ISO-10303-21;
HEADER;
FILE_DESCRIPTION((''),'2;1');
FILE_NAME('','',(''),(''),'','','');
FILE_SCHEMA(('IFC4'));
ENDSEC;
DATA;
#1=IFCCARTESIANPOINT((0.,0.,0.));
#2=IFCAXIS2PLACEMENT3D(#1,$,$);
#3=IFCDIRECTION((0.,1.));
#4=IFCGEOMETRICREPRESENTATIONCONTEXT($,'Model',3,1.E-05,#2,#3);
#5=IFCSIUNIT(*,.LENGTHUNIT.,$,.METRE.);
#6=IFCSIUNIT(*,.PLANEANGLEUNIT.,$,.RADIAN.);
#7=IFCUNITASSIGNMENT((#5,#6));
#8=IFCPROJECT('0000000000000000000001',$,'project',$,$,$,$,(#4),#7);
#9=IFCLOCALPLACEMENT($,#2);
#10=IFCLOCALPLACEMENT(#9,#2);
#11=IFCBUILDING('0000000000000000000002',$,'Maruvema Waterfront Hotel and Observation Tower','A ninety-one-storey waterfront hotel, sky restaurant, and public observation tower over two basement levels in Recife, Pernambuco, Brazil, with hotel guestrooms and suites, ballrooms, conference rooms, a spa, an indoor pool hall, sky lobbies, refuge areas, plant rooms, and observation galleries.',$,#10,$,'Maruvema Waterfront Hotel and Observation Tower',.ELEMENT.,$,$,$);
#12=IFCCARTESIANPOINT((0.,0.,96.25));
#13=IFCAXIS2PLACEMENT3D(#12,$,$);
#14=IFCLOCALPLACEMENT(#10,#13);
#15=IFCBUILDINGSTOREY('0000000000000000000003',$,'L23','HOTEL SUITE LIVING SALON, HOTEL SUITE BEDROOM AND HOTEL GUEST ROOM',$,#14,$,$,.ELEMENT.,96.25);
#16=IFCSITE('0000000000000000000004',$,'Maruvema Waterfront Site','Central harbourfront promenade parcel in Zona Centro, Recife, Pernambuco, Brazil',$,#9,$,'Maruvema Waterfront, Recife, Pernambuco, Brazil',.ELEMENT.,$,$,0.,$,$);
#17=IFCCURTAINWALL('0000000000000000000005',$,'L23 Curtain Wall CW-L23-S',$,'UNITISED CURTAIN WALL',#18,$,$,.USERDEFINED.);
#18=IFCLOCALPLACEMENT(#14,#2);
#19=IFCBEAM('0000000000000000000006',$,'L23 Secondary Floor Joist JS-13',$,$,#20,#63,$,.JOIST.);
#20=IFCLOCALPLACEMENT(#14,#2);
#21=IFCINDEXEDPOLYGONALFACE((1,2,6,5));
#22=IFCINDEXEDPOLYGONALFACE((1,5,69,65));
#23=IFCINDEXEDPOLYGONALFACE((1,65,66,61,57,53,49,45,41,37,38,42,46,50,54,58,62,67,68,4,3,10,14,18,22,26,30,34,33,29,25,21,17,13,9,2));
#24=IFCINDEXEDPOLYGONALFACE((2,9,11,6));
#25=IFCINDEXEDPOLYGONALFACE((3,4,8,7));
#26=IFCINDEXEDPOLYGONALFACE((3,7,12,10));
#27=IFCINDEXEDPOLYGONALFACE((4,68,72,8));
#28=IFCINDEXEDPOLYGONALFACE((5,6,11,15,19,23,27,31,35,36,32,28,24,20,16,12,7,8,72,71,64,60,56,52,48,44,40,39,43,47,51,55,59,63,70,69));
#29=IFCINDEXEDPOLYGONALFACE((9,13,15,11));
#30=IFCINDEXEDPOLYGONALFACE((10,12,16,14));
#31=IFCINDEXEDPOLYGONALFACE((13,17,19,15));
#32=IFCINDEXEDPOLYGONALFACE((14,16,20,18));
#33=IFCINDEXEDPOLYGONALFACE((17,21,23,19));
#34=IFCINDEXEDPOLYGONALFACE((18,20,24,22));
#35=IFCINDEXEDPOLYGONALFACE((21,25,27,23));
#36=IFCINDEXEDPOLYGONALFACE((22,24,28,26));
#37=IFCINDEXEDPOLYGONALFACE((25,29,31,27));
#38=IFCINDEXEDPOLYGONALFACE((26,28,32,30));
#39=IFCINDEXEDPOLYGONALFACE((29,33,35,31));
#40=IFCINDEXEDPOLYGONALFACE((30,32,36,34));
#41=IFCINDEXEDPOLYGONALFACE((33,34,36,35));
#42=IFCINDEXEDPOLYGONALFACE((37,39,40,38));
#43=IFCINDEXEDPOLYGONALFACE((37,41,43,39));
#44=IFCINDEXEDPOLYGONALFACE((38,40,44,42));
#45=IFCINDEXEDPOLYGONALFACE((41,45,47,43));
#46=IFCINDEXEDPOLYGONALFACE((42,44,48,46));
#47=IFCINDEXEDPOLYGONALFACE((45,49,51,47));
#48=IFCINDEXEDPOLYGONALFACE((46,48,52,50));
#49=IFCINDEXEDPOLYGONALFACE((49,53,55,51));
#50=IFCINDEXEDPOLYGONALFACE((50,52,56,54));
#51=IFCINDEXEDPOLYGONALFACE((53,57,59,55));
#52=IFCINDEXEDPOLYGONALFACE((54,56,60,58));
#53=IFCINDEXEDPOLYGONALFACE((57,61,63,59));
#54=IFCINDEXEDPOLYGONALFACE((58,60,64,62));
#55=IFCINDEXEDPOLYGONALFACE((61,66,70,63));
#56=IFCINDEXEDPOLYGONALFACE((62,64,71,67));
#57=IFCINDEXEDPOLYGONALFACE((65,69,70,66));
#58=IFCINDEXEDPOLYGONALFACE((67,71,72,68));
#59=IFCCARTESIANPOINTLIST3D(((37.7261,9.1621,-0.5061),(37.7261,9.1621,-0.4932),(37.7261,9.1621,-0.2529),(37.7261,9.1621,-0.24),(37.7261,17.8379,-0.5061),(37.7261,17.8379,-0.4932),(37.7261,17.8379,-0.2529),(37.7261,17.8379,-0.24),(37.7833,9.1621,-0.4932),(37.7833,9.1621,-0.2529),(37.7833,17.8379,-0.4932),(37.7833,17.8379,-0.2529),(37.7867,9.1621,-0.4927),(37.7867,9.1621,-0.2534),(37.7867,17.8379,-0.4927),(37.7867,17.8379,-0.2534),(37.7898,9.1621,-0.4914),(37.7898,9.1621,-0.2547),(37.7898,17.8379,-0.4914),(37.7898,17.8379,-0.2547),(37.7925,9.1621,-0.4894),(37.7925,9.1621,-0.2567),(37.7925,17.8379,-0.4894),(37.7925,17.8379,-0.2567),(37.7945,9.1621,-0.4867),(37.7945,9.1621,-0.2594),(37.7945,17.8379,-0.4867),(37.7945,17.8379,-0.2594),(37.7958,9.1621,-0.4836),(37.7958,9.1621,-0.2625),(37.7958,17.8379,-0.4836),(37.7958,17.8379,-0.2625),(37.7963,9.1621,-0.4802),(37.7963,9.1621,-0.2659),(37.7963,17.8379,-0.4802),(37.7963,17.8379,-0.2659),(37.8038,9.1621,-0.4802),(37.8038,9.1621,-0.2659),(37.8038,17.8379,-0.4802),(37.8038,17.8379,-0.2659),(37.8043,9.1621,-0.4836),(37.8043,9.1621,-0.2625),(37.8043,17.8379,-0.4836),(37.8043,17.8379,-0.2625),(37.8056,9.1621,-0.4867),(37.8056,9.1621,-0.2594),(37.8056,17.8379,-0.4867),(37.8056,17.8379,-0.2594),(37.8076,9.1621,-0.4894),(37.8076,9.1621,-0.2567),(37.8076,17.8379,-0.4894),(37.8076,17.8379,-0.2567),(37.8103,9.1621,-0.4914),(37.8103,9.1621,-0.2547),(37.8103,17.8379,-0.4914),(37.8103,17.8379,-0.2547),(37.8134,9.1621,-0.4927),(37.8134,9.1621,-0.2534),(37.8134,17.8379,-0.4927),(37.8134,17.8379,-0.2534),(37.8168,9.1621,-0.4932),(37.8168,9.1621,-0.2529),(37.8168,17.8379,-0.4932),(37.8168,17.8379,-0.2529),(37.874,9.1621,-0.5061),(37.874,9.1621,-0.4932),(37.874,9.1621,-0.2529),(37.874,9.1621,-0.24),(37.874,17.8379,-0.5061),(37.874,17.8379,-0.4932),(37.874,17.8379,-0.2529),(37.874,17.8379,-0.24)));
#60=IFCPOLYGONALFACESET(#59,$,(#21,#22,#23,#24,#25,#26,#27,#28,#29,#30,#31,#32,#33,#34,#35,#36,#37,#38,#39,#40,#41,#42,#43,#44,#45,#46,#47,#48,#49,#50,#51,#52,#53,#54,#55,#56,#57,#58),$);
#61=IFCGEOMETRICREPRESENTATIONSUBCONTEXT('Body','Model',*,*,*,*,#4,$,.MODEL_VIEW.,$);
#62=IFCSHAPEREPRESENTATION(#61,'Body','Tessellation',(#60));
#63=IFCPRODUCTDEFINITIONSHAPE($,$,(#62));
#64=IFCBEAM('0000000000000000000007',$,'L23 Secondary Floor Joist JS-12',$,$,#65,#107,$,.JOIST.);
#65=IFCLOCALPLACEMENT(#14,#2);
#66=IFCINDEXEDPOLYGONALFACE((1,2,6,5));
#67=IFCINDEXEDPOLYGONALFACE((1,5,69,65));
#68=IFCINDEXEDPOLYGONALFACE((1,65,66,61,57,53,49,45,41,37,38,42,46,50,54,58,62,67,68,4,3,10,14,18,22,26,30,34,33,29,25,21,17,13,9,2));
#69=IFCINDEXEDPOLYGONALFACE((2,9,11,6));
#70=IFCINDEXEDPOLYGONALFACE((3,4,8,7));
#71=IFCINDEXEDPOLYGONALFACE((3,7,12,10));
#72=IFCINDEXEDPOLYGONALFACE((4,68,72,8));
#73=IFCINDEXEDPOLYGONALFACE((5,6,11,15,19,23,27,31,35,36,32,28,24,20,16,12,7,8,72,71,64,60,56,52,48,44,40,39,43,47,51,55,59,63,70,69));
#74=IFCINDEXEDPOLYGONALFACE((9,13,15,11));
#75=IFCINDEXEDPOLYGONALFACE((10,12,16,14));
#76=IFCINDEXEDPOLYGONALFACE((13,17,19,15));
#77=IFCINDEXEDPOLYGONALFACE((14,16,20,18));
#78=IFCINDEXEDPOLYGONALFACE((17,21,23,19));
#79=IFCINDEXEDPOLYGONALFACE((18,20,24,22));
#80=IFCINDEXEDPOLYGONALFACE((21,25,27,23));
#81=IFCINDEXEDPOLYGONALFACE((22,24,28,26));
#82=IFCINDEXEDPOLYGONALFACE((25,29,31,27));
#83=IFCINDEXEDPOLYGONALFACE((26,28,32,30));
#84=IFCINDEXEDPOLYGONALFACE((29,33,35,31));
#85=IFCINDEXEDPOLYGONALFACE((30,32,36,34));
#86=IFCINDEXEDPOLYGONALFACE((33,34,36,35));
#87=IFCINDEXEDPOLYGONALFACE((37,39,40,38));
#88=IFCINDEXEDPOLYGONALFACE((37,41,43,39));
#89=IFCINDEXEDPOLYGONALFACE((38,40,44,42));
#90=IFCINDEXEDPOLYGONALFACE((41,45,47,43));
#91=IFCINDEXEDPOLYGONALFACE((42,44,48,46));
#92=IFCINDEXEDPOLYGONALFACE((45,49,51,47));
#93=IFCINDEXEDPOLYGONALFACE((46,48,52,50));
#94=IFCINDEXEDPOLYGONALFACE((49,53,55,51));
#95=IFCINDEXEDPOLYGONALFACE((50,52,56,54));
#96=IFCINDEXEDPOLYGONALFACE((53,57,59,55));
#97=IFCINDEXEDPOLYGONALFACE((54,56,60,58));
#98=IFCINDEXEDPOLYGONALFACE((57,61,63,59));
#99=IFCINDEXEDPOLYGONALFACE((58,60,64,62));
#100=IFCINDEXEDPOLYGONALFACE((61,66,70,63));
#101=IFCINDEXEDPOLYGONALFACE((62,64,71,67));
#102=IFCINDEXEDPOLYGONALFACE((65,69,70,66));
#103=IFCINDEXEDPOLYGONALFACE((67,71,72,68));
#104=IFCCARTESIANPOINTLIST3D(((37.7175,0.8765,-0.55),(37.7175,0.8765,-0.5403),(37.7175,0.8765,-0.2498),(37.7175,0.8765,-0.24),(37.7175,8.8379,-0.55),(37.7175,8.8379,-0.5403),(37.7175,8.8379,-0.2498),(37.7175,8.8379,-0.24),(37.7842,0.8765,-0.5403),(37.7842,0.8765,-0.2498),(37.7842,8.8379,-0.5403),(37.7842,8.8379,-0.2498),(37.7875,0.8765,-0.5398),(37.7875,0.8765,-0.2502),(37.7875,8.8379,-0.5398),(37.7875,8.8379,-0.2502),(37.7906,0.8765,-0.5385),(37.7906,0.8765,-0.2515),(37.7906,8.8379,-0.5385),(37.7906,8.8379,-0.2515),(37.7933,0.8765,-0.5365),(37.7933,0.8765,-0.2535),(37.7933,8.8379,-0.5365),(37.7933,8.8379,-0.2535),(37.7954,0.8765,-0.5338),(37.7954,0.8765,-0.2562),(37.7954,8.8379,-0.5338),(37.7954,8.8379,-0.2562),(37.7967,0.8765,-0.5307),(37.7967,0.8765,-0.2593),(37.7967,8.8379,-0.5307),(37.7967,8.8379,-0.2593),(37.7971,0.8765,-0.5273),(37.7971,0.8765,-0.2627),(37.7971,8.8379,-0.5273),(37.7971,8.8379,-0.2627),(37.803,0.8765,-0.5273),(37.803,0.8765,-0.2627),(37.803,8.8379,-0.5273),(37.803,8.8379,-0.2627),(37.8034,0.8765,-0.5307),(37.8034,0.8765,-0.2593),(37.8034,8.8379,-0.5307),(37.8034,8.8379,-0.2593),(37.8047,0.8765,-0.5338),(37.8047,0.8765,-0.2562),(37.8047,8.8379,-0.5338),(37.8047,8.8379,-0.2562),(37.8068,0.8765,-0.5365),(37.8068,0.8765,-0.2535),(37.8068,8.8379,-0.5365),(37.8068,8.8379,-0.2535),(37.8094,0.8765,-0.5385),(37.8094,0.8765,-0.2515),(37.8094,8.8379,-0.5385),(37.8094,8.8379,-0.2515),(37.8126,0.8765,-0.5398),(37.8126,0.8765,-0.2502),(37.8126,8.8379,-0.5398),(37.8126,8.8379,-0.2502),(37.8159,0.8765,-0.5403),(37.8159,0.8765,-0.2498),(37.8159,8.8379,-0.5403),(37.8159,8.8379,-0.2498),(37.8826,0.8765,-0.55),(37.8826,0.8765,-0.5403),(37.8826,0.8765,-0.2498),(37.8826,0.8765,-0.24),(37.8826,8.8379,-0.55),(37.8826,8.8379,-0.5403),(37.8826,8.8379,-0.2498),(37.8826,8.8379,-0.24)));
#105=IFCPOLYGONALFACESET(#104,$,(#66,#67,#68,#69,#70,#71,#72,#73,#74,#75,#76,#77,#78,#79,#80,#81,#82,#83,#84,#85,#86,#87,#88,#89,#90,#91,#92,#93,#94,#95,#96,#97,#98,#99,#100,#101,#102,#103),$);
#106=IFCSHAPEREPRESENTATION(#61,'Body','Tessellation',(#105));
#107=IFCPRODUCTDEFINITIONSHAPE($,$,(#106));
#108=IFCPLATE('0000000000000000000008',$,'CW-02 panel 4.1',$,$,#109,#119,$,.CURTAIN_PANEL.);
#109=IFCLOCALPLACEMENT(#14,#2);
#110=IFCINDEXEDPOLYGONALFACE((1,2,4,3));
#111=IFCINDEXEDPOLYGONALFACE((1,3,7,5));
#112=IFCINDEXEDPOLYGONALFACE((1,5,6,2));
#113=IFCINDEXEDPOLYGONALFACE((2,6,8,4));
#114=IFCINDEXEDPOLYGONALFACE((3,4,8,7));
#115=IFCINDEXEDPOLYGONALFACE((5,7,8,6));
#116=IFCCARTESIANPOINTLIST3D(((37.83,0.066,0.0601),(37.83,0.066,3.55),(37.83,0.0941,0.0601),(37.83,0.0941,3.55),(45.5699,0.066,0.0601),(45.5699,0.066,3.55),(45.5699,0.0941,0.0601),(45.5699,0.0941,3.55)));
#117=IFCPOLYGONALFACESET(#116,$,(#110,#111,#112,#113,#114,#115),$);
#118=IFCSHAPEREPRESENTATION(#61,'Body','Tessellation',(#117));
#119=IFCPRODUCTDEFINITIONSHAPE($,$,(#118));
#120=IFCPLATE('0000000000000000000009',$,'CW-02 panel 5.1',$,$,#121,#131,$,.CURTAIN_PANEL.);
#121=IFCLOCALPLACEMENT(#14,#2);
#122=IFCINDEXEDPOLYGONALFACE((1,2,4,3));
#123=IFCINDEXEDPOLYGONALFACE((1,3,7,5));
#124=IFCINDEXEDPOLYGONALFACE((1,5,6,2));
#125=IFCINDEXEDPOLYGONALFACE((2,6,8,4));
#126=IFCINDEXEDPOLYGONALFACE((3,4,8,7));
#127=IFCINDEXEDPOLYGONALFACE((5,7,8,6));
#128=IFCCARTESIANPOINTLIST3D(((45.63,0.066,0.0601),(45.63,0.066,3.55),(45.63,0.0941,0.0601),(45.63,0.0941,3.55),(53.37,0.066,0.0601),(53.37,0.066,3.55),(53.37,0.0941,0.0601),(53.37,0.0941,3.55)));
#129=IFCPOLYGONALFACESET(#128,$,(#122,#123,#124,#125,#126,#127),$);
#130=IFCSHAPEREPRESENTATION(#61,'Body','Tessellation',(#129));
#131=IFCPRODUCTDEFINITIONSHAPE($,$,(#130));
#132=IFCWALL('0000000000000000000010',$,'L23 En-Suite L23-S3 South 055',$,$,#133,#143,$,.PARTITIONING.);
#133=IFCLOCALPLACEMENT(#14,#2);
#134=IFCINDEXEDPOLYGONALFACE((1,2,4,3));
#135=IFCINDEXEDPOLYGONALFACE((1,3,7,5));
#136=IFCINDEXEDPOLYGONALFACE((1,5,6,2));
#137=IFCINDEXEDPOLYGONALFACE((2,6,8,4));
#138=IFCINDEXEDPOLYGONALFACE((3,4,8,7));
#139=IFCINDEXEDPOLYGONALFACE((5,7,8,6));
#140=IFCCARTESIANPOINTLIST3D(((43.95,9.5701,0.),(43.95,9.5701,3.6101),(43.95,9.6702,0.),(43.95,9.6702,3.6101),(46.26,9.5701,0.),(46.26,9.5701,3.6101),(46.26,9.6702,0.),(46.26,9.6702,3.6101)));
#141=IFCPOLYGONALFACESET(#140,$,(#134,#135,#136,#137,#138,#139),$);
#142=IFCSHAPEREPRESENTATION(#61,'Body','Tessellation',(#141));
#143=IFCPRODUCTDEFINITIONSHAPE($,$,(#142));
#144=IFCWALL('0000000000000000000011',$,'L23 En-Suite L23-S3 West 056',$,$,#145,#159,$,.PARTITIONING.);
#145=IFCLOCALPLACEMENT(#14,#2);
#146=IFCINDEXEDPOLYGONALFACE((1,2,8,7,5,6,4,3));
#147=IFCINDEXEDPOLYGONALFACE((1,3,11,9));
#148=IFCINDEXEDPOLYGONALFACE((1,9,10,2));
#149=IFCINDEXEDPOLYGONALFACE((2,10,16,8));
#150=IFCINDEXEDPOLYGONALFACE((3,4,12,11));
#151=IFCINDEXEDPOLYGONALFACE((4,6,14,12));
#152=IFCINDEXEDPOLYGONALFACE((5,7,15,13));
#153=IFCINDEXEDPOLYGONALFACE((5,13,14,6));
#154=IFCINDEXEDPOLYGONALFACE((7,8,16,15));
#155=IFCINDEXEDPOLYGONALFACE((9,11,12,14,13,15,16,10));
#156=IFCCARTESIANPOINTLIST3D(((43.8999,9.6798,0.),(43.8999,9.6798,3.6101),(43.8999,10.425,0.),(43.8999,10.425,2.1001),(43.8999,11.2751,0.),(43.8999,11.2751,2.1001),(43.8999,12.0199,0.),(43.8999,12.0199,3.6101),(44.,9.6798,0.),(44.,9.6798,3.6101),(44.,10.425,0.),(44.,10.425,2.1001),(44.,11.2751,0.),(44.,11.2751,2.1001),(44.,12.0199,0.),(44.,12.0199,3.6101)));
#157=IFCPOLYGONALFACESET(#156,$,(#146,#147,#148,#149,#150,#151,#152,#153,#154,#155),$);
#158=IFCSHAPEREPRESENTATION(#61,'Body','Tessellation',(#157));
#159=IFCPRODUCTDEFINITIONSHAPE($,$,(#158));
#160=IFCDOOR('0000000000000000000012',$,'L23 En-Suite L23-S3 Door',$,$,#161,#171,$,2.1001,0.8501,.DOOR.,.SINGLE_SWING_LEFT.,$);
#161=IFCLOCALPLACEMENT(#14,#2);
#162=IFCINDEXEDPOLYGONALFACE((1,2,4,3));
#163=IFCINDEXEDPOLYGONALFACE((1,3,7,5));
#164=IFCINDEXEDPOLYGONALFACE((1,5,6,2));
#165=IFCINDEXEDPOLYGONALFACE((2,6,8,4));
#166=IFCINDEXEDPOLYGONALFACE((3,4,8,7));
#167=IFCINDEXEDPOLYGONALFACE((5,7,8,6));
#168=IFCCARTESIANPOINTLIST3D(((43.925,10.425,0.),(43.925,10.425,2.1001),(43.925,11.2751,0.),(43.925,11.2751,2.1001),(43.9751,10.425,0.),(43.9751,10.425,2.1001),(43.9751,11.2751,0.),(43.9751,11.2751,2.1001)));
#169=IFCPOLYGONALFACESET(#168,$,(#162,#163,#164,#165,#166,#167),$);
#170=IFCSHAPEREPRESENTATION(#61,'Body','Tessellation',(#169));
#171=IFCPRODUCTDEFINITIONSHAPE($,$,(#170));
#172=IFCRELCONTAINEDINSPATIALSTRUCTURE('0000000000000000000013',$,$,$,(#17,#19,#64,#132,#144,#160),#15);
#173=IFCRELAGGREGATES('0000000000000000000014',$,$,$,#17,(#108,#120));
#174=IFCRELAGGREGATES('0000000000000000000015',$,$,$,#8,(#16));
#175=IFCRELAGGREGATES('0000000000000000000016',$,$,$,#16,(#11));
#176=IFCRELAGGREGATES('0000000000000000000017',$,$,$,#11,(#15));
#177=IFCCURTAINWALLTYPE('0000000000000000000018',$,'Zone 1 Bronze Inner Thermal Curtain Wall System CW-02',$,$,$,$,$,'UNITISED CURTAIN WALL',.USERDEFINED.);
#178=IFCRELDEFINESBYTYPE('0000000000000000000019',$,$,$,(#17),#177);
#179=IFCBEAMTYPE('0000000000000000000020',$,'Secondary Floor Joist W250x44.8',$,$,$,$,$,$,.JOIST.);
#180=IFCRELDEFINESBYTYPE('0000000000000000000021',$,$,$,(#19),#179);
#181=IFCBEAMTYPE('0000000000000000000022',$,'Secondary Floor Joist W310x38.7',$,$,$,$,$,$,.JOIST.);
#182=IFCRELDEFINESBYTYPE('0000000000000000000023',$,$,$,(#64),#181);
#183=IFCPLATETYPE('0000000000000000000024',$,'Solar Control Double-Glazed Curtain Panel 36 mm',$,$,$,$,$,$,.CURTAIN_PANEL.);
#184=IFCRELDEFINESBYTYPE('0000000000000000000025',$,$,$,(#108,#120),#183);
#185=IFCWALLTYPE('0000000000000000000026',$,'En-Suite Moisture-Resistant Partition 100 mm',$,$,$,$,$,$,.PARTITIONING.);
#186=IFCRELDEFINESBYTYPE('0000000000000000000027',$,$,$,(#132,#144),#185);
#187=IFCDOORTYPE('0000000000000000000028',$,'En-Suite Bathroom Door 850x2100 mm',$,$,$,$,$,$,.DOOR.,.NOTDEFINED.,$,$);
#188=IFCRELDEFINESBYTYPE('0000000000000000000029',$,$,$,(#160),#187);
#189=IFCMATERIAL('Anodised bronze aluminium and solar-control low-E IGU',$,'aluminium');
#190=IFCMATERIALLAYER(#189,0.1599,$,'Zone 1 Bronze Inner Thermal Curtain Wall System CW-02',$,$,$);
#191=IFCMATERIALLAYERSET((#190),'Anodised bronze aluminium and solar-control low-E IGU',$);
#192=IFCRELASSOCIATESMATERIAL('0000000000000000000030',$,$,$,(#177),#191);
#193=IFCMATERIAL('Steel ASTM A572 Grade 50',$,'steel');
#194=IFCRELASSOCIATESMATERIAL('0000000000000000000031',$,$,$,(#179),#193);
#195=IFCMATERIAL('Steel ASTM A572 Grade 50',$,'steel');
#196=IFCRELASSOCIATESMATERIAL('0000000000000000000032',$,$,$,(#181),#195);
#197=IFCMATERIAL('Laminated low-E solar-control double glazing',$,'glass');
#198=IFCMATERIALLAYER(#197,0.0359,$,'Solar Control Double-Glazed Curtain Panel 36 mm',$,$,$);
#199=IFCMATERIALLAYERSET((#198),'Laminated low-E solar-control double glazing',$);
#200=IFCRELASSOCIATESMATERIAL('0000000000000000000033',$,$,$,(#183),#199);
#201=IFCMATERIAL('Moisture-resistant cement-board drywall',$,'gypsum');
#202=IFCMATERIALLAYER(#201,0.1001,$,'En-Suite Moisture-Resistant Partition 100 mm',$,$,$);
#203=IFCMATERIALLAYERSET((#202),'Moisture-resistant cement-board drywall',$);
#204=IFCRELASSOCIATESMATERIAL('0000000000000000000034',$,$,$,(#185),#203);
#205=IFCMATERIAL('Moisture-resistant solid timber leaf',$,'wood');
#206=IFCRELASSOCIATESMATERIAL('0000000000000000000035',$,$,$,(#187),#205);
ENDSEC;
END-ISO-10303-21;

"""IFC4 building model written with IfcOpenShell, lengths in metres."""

from ifc_helpers import new_model, si_unit, direction, frame, frame_2d, origin, origin_2d, place, context, subcontext, project, spatial, rectangle, i_section, extrude, material, layer, layer_set, material_profile, profile_set, type_object, element, fill, aggregate, save


model = new_model("IFC4")

# Units and contexts
model_context = context("Model", 3, precision=1e-05, world=origin(), true_north=direction((0.0, 1.0)))
body_context = subcontext(model_context, "Body", "Model", "MODEL_VIEW")
ifc_project = project(units=[si_unit("LENGTHUNIT", "METRE"), si_unit("PLANEANGLEUNIT", "RADIAN")], contexts=[model_context])

# Site, building, storey
site_placement = place(None, origin())
site = spatial("IfcSite", under=ifc_project, at=site_placement, Name="Maruvema Waterfront Site", Description="Central harbourfront promenade parcel in Zona Centro, Recife, Pernambuco, Brazil", LongName="Maruvema Waterfront, Recife, Pernambuco, Brazil", CompositionType="ELEMENT", RefElevation=0.0)
building_placement = place(site_placement, origin())
building = spatial("IfcBuilding", under=site, at=building_placement, Name="Maruvema Waterfront Hotel and Observation Tower", Description="A ninety-one-storey waterfront hotel, sky restaurant, and public observation tower over two basement levels in Recife, Pernambuco, Brazil, with hotel guestrooms and suites, ballrooms, conference rooms, a spa, an indoor pool hall, sky lobbies, refuge areas, plant rooms, and observation galleries.", LongName="Maruvema Waterfront Hotel and Observation Tower", CompositionType="ELEMENT")
storey_placement = place(building_placement, frame((0.0, 0.0, 96.25)))
storey = spatial("IfcBuildingStorey", under=building, at=storey_placement, Name="L23", Description="HOTEL SUITE LIVING SALON, HOTEL SUITE BEDROOM AND HOTEL GUEST ROOM", CompositionType="ELEMENT", Elevation=96.25)

# Curtain wall
ifc_material_1 = material(Name="Anodised bronze aluminium and solar-control low-E IGU", Category="aluminium")
ifc_layer_1 = layer(ifc_material_1, 0.1599, Name="Zone 1 Bronze Inner Thermal Curtain Wall System CW-02")
ifc_layer_set_1 = layer_set([ifc_layer_1], Name="Anodised bronze aluminium and solar-control low-E IGU")
curtain_wall_type = type_object("IfcCurtainWallType", Name="Zone 1 Bronze Inner Thermal Curtain Wall System CW-02", ElementType="UNITISED CURTAIN WALL", PredefinedType="USERDEFINED", material=ifc_layer_set_1)
curtain_wall_placement = place(storey_placement, origin())
curtain_wall = element("IfcCurtainWall", 1, at=curtain_wall_placement, inside=storey, type_object=curtain_wall_type, Name="L23 Curtain Wall CW-L23-S", ObjectType="UNITISED CURTAIN WALL", PredefinedType="USERDEFINED")

# Beams
ifc_material_2 = material(Name="Steel ASTM A572 Grade 50", Category="steel")
ifc_material_profile_1 = material_profile(ifc_material_2, i_section(OverallWidth=0.1479, OverallDepth=0.2661, WebThickness=0.0076, FlangeThickness=0.0129, FilletRadius=0.0129, at=origin_2d()), Name="W250x44.8")
ifc_profile_set_1 = profile_set([ifc_material_profile_1], Name="Steel ASTM A572 Grade 50")
beam_type_1 = type_object("IfcBeamType", Name="Secondary Floor Joist W250x44.8", PredefinedType="JOIST", material=ifc_profile_set_1)
beam_1_placement = place(storey_placement, frame((37.8, 9.1621, -0.373), z_axis=(0.0, 1.0, 0.0), x_axis=(-1.0, 0.0, 0.0)))
element("IfcBeam", 2, at=beam_1_placement, inside=storey, type_object=beam_type_1, Name="L23 Secondary Floor Joist JS-13", PredefinedType="JOIST", context=body_context, shape_type="SweptSolid", body=[
    extrude(i_section(OverallWidth=0.1479, OverallDepth=0.2661, WebThickness=0.0076, FlangeThickness=0.0129, FilletRadius=0.0129, at=origin_2d()), origin(), (0.0, 0.0, 1.0), 8.6758),
])
ifc_material_3 = material(Name="Steel ASTM A572 Grade 50", Category="steel")
ifc_material_profile_2 = material_profile(ifc_material_3, i_section(OverallWidth=0.165, OverallDepth=0.3101, WebThickness=0.0059, FlangeThickness=0.0098, FilletRadius=0.0129, at=origin_2d()), Name="W310x38.7")
ifc_profile_set_2 = profile_set([ifc_material_profile_2], Name="Steel ASTM A572 Grade 50")
beam_type_2 = type_object("IfcBeamType", Name="Secondary Floor Joist W310x38.7", PredefinedType="JOIST", material=ifc_profile_set_2)
beam_2_placement = place(storey_placement, frame((37.8, 0.8765, -0.395), z_axis=(0.0, 1.0, 0.0), x_axis=(-1.0, 0.0, 0.0)))
element("IfcBeam", 3, at=beam_2_placement, inside=storey, type_object=beam_type_2, Name="L23 Secondary Floor Joist JS-12", PredefinedType="JOIST", context=body_context, shape_type="SweptSolid", body=[
    extrude(i_section(OverallWidth=0.165, OverallDepth=0.3101, WebThickness=0.0059, FlangeThickness=0.0098, FilletRadius=0.0129, at=origin_2d()), origin(), (0.0, 0.0, 1.0), 7.9614),
])

# Plates
ifc_material_4 = material(Name="Laminated low-E solar-control double glazing", Category="glass")
ifc_layer_2 = layer(ifc_material_4, 0.0359, Name="Solar Control Double-Glazed Curtain Panel 36 mm")
ifc_layer_set_2 = layer_set([ifc_layer_2], Name="Laminated low-E solar-control double glazing")
plate_type = type_object("IfcPlateType", Name="Solar Control Double-Glazed Curtain Panel 36 mm", PredefinedType="CURTAIN_PANEL", material=ifc_layer_set_2)
plate_1_placement = place(storey_placement, frame((41.7, 0.0801, 0.0601), z_axis=(0.0, 0.0, 1.0), x_axis=(1.0, 0.0, 0.0)))
plate_1 = element("IfcPlate", 4, at=plate_1_placement, type_object=plate_type, Name="CW-02 panel 4.1", PredefinedType="CURTAIN_PANEL", context=body_context, shape_type="SweptSolid", body=[
    extrude(rectangle(XDim=7.74, YDim=0.0281, at=origin_2d()), origin(), (0.0, 0.0, 1.0), 3.49),
])
plate_2_placement = place(storey_placement, frame((49.5, 0.0801, 0.0601), z_axis=(0.0, 0.0, 1.0), x_axis=(1.0, 0.0, 0.0)))
plate_2 = element("IfcPlate", 5, at=plate_2_placement, type_object=plate_type, Name="CW-02 panel 5.1", PredefinedType="CURTAIN_PANEL", context=body_context, shape_type="SweptSolid", body=[
    extrude(rectangle(XDim=7.74, YDim=0.0281, at=origin_2d()), origin(), (0.0, 0.0, 1.0), 3.49),
])
aggregate(curtain_wall, [plate_1, plate_2])

# Wall
ifc_material_5 = material(Name="Moisture-resistant cement-board drywall", Category="gypsum")
ifc_layer_3 = layer(ifc_material_5, 0.1001, Name="En-Suite Moisture-Resistant Partition 100 mm")
ifc_layer_set_3 = layer_set([ifc_layer_3], Name="Moisture-resistant cement-board drywall")
wall_type_1 = type_object("IfcWallType", Name="En-Suite Moisture-Resistant Partition 100 mm", PredefinedType="PARTITIONING", material=ifc_layer_set_3)
wall_1_placement = place(storey_placement, frame((43.95, 9.6201, 0.0), z_axis=(0.0, 0.0, 1.0), x_axis=(1.0, 0.0, 0.0)))
element("IfcWall", 6, at=wall_1_placement, inside=storey, type_object=wall_type_1, Name="L23 En-Suite L23-S3 South 055", PredefinedType="PARTITIONING", context=body_context, shape_type="SweptSolid", body=[
    extrude(rectangle(XDim=2.3101, YDim=0.1001, at=frame_2d((1.155, 0.0))), origin(), (0.0, 0.0, 1.0), 3.6101),
])

# Wall, opening, door
wall_2_placement = place(storey_placement, frame((43.95, 9.6799, 0.0), z_axis=(0.0, 0.0, 1.0), x_axis=(0.0, 1.0, 0.0)))
wall_2 = element("IfcWall", 7, at=wall_2_placement, inside=storey, type_object=wall_type_1, Name="L23 En-Suite L23-S3 West 056", PredefinedType="PARTITIONING", context=body_context, shape_type="SweptSolid", body=[
    extrude(rectangle(XDim=2.3401, YDim=0.1001, at=frame_2d((1.1699, 0.0))), origin(), (0.0, 0.0, 1.0), 3.6101),
])
opening_1_placement = place(wall_2_placement, frame((0.7451, 0.0, 0.0)))
opening_1 = element("IfcOpeningElement", 8, at=opening_1_placement, cuts=wall_2, PredefinedType="OPENING", context=body_context, shape_type="SweptSolid", body=[
    extrude(rectangle(XDim=0.8501, YDim=2.1001, at=frame_2d((0.425, 1.05))), frame((0.0, 0.0601, 0.0), z_axis=(0.0, -1.0, 0.0), x_axis=(1.0, 0.0, 0.0)), (0.0, 0.0, 1.0), 0.1201),
])
ifc_material_6 = material(Name="Moisture-resistant solid timber leaf", Category="wood")
door_type_1 = type_object("IfcDoorType", Name="En-Suite Bathroom Door 850x2100 mm", OperationType="NOTDEFINED", PredefinedType="DOOR", material=ifc_material_6)
door_1_placement = place(opening_1_placement, origin())
door_1 = element("IfcDoor", 9, at=door_1_placement, inside=storey, type_object=door_type_1, Name="L23 En-Suite L23-S3 Door", OperationType="SINGLE_SWING_LEFT", OverallHeight=2.1001, OverallWidth=0.8501, PredefinedType="DOOR", context=body_context, shape_type="SweptSolid", body=[
    extrude(rectangle(XDim=0.8501, YDim=2.1001, at=frame_2d((0.425, 1.05))), frame((0.0, 0.0249, 0.0), z_axis=(0.0, -1.0, 0.0), x_axis=(1.0, 0.0, 0.0)), (0.0, 0.0, 1.0), 0.05),
])
fill(opening_1, door_1)

save(model, "model.ifc")
